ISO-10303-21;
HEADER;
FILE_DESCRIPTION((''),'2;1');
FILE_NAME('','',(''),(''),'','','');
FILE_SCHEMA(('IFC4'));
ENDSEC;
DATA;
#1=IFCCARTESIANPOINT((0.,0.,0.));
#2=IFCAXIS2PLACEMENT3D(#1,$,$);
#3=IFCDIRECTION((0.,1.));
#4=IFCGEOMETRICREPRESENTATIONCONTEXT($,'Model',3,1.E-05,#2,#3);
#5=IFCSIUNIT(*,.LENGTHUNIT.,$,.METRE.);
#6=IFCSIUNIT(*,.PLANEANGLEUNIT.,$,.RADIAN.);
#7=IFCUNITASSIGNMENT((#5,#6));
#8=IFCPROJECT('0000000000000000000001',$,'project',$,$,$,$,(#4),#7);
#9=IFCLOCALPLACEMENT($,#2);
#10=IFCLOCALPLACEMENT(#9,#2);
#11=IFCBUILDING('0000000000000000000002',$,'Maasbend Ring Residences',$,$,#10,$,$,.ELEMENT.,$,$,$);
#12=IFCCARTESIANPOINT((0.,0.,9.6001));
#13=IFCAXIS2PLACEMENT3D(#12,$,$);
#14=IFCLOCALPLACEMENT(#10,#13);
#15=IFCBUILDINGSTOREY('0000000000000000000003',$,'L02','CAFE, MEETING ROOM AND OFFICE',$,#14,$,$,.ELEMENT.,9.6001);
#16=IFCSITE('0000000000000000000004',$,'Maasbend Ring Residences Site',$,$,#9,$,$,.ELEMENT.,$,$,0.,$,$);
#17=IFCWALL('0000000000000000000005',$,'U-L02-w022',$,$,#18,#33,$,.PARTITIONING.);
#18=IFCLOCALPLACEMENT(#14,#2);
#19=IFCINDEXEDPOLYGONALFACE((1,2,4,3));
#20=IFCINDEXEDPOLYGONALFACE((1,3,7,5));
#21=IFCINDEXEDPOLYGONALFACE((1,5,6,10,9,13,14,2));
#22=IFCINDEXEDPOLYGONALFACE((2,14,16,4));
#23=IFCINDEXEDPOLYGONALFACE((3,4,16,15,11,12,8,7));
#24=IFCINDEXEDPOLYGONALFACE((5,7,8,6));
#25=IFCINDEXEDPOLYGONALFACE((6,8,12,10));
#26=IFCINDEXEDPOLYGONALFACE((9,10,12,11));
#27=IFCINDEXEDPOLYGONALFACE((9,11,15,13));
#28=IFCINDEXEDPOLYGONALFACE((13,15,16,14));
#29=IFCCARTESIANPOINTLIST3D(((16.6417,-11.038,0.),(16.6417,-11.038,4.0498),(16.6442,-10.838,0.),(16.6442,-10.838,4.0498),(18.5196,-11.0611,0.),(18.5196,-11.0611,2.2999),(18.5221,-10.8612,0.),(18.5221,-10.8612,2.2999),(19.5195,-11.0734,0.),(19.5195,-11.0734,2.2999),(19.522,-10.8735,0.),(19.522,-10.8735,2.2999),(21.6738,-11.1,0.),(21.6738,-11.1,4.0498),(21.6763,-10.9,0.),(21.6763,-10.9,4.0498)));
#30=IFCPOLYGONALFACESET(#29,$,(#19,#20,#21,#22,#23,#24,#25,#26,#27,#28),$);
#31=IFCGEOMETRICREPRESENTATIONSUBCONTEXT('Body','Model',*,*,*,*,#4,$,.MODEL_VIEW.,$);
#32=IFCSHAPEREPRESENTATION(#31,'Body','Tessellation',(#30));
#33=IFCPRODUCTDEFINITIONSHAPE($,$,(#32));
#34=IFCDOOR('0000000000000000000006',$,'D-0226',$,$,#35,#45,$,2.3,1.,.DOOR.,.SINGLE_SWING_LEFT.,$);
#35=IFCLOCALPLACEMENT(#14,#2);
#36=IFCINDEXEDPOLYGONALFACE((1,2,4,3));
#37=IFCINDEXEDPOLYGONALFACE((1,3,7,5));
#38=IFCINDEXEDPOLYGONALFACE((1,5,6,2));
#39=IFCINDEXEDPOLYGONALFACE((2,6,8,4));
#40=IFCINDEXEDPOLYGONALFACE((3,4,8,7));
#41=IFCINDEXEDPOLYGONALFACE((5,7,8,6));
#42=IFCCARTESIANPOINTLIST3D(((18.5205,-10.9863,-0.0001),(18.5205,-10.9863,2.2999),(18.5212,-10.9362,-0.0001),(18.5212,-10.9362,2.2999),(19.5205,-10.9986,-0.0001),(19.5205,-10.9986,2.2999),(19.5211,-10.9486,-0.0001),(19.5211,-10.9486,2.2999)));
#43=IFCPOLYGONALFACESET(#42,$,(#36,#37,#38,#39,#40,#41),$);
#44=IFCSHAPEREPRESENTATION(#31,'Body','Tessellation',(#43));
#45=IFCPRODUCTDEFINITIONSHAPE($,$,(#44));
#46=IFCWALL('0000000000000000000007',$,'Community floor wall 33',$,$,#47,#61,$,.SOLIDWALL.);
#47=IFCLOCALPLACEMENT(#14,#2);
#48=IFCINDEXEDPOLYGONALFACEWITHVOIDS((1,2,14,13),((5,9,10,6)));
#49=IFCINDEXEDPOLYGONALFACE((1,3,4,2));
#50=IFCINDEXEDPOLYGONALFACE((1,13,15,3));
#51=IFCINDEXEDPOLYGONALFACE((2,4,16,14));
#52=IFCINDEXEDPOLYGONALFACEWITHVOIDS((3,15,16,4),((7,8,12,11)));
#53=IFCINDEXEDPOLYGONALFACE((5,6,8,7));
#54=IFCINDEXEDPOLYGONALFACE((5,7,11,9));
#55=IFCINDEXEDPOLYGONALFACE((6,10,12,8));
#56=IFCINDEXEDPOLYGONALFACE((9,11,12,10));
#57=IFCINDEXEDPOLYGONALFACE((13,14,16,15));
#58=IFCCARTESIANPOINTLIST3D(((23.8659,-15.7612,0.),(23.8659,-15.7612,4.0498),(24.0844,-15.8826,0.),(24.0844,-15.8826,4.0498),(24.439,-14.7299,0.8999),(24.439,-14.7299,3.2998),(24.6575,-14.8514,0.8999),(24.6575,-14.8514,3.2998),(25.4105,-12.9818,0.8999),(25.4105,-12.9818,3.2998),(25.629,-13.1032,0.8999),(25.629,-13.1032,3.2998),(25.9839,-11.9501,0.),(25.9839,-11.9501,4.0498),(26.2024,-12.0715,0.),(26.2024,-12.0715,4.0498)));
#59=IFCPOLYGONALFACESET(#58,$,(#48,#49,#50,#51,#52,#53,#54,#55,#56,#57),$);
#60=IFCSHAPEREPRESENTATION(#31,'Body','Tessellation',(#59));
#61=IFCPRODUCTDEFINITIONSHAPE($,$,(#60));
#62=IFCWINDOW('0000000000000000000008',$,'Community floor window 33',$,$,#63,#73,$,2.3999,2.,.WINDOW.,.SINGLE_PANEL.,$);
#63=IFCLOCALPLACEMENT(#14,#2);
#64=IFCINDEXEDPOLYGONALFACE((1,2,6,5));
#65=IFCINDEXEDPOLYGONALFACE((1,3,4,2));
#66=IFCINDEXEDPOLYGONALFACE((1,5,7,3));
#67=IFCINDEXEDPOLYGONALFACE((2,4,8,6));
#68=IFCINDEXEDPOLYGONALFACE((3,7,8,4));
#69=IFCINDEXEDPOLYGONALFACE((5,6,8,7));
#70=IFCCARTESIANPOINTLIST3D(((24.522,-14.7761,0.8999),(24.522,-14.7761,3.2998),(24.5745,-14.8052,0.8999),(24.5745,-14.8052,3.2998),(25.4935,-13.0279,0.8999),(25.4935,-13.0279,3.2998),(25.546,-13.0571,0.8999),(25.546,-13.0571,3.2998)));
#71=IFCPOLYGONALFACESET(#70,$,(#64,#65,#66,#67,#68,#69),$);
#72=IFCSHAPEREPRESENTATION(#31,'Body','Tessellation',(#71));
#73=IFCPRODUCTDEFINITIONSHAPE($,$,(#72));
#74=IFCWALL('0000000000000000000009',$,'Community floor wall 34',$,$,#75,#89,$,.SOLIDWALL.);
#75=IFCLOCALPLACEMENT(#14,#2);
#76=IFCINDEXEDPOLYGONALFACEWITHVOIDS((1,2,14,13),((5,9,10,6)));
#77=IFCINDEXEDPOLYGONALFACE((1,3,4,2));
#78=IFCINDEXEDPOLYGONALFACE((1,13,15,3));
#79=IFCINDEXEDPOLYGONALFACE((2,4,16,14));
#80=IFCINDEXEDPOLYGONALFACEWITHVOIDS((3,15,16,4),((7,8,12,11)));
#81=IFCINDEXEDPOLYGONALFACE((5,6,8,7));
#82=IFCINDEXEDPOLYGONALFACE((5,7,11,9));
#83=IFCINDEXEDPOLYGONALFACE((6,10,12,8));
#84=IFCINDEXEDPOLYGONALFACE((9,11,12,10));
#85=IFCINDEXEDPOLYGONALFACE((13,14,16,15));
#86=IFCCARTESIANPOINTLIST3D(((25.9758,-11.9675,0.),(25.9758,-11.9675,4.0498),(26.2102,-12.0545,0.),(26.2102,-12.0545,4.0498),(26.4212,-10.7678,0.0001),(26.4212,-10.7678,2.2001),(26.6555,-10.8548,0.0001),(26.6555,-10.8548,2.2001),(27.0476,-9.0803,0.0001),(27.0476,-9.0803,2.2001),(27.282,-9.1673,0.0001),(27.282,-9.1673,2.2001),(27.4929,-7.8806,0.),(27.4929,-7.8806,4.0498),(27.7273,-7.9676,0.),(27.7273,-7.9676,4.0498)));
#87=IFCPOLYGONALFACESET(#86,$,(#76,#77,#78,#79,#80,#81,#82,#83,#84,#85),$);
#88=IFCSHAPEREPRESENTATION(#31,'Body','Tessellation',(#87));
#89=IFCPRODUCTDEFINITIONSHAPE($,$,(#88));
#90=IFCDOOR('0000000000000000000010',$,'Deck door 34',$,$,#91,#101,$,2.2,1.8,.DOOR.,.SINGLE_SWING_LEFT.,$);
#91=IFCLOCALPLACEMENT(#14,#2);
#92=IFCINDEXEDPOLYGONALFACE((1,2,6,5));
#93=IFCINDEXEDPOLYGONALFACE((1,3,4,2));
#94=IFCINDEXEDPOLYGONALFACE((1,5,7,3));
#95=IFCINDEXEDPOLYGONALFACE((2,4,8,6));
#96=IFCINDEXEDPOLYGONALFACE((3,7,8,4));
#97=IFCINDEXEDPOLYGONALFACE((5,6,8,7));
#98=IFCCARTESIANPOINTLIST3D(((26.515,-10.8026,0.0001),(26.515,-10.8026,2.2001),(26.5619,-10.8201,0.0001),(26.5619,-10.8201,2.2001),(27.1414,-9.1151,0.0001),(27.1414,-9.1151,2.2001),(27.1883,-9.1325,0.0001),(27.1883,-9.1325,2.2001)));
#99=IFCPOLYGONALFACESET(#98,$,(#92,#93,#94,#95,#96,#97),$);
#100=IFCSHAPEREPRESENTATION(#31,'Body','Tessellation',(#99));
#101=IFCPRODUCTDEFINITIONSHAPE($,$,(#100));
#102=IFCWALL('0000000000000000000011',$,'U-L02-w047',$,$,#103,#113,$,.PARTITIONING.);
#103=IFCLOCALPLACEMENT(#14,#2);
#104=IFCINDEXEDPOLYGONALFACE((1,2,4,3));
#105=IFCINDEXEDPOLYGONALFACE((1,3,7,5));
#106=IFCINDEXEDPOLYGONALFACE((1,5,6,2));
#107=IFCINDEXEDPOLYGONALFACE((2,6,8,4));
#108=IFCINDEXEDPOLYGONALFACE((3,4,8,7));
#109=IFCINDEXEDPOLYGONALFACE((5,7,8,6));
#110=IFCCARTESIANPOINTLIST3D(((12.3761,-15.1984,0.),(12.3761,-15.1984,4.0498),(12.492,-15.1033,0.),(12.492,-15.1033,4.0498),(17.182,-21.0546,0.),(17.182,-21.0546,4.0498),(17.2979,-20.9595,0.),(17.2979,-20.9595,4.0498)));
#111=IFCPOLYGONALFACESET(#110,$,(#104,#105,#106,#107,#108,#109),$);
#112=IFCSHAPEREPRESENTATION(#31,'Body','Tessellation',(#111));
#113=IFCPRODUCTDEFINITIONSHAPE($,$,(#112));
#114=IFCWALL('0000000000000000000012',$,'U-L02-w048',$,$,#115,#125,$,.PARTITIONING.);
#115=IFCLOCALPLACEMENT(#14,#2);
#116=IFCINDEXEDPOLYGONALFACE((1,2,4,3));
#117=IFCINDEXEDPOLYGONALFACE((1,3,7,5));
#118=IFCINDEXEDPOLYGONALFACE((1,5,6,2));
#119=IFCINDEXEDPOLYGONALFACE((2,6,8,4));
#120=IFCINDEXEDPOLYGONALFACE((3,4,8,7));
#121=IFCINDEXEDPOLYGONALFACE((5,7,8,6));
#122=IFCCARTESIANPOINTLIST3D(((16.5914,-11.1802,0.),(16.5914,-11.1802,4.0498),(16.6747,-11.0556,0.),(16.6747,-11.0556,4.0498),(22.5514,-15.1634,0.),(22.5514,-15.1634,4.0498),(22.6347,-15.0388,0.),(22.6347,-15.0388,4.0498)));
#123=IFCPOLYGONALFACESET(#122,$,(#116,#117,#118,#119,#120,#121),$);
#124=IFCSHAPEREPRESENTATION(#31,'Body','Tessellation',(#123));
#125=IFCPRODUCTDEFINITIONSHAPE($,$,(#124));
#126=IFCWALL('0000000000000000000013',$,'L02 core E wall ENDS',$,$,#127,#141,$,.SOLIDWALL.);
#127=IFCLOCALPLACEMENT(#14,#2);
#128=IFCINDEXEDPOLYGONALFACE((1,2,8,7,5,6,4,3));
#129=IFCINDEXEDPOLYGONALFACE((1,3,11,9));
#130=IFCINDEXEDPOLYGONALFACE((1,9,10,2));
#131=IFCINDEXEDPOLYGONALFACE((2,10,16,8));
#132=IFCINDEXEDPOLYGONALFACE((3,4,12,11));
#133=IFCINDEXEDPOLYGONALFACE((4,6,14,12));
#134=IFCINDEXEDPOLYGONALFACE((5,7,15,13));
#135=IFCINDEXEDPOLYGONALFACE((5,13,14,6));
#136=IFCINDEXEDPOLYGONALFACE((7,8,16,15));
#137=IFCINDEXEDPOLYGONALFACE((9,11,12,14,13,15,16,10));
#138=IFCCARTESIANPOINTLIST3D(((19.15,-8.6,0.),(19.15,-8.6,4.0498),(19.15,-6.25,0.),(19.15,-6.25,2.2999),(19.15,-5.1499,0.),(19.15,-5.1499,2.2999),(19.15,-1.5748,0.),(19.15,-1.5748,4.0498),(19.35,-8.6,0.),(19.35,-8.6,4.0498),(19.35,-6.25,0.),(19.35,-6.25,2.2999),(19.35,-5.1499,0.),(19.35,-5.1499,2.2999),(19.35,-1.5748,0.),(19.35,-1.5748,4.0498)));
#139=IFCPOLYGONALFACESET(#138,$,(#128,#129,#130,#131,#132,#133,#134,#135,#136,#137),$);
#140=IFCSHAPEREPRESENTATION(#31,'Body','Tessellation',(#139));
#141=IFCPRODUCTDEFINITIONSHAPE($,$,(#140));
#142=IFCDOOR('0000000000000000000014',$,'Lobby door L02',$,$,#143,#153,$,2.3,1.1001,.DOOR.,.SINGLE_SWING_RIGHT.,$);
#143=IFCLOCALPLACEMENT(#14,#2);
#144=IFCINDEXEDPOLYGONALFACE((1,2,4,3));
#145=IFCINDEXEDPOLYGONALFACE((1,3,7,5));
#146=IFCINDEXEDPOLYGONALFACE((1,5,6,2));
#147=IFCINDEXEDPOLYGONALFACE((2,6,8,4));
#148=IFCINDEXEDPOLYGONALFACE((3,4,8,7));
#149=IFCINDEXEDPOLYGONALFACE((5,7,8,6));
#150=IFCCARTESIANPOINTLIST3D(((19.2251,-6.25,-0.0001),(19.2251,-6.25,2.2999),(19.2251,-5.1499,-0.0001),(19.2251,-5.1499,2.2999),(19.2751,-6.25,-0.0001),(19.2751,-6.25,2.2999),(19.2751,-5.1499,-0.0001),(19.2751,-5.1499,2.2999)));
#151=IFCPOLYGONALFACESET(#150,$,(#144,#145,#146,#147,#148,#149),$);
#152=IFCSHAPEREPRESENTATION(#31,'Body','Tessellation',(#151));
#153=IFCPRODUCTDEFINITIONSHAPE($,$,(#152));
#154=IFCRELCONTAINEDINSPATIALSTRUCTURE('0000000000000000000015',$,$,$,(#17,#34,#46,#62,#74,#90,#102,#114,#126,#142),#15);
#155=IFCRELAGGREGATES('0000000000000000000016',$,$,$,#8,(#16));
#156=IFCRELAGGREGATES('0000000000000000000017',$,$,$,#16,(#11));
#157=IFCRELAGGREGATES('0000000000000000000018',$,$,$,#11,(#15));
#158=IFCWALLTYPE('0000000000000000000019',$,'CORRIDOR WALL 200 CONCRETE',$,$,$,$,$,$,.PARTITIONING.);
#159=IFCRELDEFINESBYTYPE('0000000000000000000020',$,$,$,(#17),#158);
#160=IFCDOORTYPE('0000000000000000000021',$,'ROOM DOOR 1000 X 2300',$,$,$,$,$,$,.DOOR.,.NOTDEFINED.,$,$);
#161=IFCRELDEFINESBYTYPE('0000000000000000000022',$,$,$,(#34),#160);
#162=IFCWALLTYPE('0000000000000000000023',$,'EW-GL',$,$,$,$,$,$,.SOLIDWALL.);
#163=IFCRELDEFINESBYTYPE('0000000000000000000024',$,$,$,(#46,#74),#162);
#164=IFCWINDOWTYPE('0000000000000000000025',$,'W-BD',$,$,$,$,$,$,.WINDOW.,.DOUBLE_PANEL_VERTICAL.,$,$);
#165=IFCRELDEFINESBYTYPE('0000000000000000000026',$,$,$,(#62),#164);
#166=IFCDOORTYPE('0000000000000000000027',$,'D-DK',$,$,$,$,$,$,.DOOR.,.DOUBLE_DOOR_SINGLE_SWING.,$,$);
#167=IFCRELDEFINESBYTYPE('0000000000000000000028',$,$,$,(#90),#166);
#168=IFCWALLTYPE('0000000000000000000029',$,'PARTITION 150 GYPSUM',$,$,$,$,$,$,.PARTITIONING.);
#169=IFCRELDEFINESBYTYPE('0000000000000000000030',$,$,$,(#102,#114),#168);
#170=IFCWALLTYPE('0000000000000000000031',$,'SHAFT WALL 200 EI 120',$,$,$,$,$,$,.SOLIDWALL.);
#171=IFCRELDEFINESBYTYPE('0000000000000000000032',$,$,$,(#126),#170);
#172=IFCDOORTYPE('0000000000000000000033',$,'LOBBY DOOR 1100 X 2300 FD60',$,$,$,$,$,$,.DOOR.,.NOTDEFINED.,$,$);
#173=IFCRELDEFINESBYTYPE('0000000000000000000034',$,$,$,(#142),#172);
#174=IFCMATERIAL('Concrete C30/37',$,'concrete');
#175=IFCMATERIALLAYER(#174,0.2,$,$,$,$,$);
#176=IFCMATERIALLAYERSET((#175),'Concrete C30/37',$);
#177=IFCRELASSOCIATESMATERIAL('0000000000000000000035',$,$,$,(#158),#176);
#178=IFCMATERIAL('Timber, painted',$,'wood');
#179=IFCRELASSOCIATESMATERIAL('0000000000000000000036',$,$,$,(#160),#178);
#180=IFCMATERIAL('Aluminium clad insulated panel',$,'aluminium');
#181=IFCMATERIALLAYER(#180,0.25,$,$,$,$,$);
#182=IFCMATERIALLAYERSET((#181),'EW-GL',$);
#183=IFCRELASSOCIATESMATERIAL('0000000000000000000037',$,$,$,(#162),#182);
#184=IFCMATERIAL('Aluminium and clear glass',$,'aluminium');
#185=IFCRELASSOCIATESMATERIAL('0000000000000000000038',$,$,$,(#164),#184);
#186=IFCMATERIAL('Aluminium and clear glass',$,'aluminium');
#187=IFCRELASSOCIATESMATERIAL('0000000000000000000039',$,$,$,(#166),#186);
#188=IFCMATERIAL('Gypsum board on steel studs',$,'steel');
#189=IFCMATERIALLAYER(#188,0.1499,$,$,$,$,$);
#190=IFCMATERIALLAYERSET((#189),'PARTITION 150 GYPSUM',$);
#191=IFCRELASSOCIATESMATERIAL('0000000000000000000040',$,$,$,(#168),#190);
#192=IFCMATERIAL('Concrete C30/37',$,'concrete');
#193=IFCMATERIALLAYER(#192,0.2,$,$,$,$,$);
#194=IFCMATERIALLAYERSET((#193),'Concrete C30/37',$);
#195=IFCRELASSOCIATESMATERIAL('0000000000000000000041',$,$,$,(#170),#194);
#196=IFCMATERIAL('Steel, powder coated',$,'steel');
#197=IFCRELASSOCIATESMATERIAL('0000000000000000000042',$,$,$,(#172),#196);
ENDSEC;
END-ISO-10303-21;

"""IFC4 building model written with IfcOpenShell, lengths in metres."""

from ifc_helpers import new_model, si_unit, direction, frame, frame_2d, origin, place, context, subcontext, project, spatial, rectangle, extrude, material, layer, layer_set, type_object, element, fill, save


model = new_model("IFC4")

# Units and contexts
model_context = context("Model", 3, precision=1e-05, world=origin(), true_north=direction((0.0, 1.0)))
body_context = subcontext(model_context, "Body", "Model", "MODEL_VIEW")
ifc_project = project(units=[si_unit("LENGTHUNIT", "METRE"), si_unit("PLANEANGLEUNIT", "RADIAN")], contexts=[model_context])

# Site, building, storey
site_placement = place(None, origin())
site = spatial("IfcSite", under=ifc_project, at=site_placement, Name="Maasbend Ring Residences Site", CompositionType="ELEMENT", RefElevation=0.0)
building_placement = place(site_placement, origin())
building = spatial("IfcBuilding", under=site, at=building_placement, Name="Maasbend Ring Residences", CompositionType="ELEMENT")
storey_placement = place(building_placement, frame((0.0, 0.0, 9.6001)))
storey = spatial("IfcBuildingStorey", under=building, at=storey_placement, Name="L02", Description="CAFE, MEETING ROOM AND OFFICE", CompositionType="ELEMENT", Elevation=9.6001)

# Shared definitions
ifc_material_1 = material(Name="Concrete C30/37", Category="concrete")
ifc_layer_1 = layer(ifc_material_1, 0.2)
ifc_layer_set_1 = layer_set([ifc_layer_1], Name="Concrete C30/37")
wall_type_1 = type_object("IfcWallType", Name="CORRIDOR WALL 200 CONCRETE", PredefinedType="PARTITIONING", material=ifc_layer_set_1)

# Wall, opening, door
wall_1_placement = place(storey_placement, frame((16.6431, -10.938, 0.0), z_axis=(0.0, 0.0, 1.0), x_axis=(0.999924, -0.012323, 0.0)))
wall_1 = element("IfcWall", 1, at=wall_1_placement, inside=storey, type_object=wall_type_1, Name="U-L02-w022", PredefinedType="PARTITIONING", context=body_context, shape_type="SweptSolid", body=[
    extrude(rectangle(XDim=5.0325, YDim=0.2, at=frame_2d((2.5161, 0.0))), origin(), (0.0, 0.0, 1.0), 4.0498),
])
opening_1_placement = place(wall_1_placement, frame((1.8779, 0.0, 0.0)))
opening_1 = element("IfcOpeningElement", 2, at=opening_1_placement, cuts=wall_1, PredefinedType="OPENING", context=body_context, shape_type="SweptSolid", body=[
    extrude(rectangle(XDim=1.0, YDim=2.3, at=frame_2d((0.5, 1.1499))), frame((0.0, 0.1099, 0.0), z_axis=(0.0, -1.0, 0.0), x_axis=(1.0, 0.0, 0.0)), (0.0, 0.0, 1.0), 0.22),
])
ifc_material_2 = material(Name="Timber, painted", Category="wood")
door_type_1 = type_object("IfcDoorType", Name="ROOM DOOR 1000 X 2300", OperationType="NOTDEFINED", PredefinedType="DOOR", material=ifc_material_2)
door_1_placement = place(opening_1_placement, origin())
door_1 = element("IfcDoor", 3, at=door_1_placement, inside=storey, type_object=door_type_1, Name="D-0226", OperationType="SINGLE_SWING_LEFT", OverallHeight=2.3, OverallWidth=1.0, PredefinedType="DOOR", context=body_context, shape_type="SweptSolid", body=[
    extrude(rectangle(XDim=1.0, YDim=2.3, at=frame_2d((0.5, 1.1499))), frame((0.0, 0.0249, 0.0), z_axis=(0.0, -1.0, 0.0), x_axis=(1.0, 0.0, 0.0)), (0.0, 0.0, 1.0), 0.05),
])
fill(opening_1, door_1)

# Wall, opening, window
ifc_material_3 = material(Name="Aluminium clad insulated panel", Category="aluminium")
ifc_layer_2 = layer(ifc_material_3, 0.25)
ifc_layer_set_2 = layer_set([ifc_layer_2], Name="EW-GL")
wall_type_2 = type_object("IfcWallType", Name="EW-GL", PredefinedType="SOLIDWALL", material=ifc_layer_set_2)
wall_2_placement = place(storey_placement, frame((23.9751, -15.822, 0.0), z_axis=(0.0, 0.0, 1.0), x_axis=(0.485762, 0.874091, 0.0)))
wall_2 = element("IfcWall", 4, at=wall_2_placement, inside=storey, type_object=wall_type_2, Name="Community floor wall 33", PredefinedType="SOLIDWALL", context=body_context, shape_type="SweptSolid", body=[
    extrude(rectangle(XDim=4.3601, YDim=0.25, at=frame_2d((2.1802, 0.0))), origin(), (0.0, 0.0, 1.0), 4.0498),
])
opening_2_placement = place(wall_2_placement, frame((1.1799, 0.0, 0.8999)))
opening_2 = element("IfcOpeningElement", 5, at=opening_2_placement, cuts=wall_2, PredefinedType="OPENING", context=body_context, shape_type="SweptSolid", body=[
    extrude(rectangle(XDim=2.0, YDim=2.3999, at=frame_2d((1.0, 1.2))), frame((0.0, 0.135, 0.0), z_axis=(0.0, -1.0, 0.0), x_axis=(1.0, 0.0, 0.0)), (0.0, 0.0, 1.0), 0.27),
])
ifc_material_4 = material(Name="Aluminium and clear glass", Category="aluminium")
window_type = type_object("IfcWindowType", Name="W-BD", PartitioningType="DOUBLE_PANEL_VERTICAL", PredefinedType="WINDOW", material=ifc_material_4)
window_placement = place(opening_2_placement, origin())
window = element("IfcWindow", 6, at=window_placement, inside=storey, type_object=window_type, Name="Community floor window 33", OverallHeight=2.3999, OverallWidth=2.0, PartitioningType="SINGLE_PANEL", PredefinedType="WINDOW", context=body_context, shape_type="SweptSolid", body=[
    extrude(rectangle(XDim=2.0, YDim=2.3999, at=frame_2d((1.0, 1.2))), frame((0.0, 0.03, 0.0), z_axis=(0.0, -1.0, 0.0), x_axis=(1.0, 0.0, 0.0)), (0.0, 0.0, 1.0), 0.0601),
])
fill(opening_2, window)

# Wall, opening, door
wall_3_placement = place(storey_placement, frame((26.093, -12.011, 0.0), z_axis=(0.0, 0.0, 1.0), x_axis=(0.348004, 0.937493, 0.0)))
wall_3 = element("IfcWall", 7, at=wall_3_placement, inside=storey, type_object=wall_type_2, Name="Community floor wall 34", PredefinedType="SOLIDWALL", context=body_context, shape_type="SweptSolid", body=[
    extrude(rectangle(XDim=4.3594, YDim=0.25, at=frame_2d((2.1797, 0.0))), origin(), (0.0, 0.0, 1.0), 4.0498),
])
opening_3_placement = place(wall_3_placement, frame((1.2798, 0.0, 0.0)))
opening_3 = element("IfcOpeningElement", 8, at=opening_3_placement, cuts=wall_3, PredefinedType="OPENING", context=body_context, shape_type="SweptSolid", body=[
    extrude(rectangle(XDim=1.8, YDim=2.2, at=frame_2d((0.8999, 1.1001))), frame((0.0, 0.135, 0.0), z_axis=(0.0, -1.0, 0.0), x_axis=(1.0, 0.0, 0.0)), (0.0, 0.0, 1.0), 0.27),
])
ifc_material_5 = material(Name="Aluminium and clear glass", Category="aluminium")
door_type_2 = type_object("IfcDoorType", Name="D-DK", OperationType="DOUBLE_DOOR_SINGLE_SWING", PredefinedType="DOOR", material=ifc_material_5)
door_2_placement = place(opening_3_placement, origin())
door_2 = element("IfcDoor", 9, at=door_2_placement, inside=storey, type_object=door_type_2, Name="Deck door 34", OperationType="SINGLE_SWING_LEFT", OverallHeight=2.2, OverallWidth=1.8, PredefinedType="DOOR", context=body_context, shape_type="SweptSolid", body=[
    extrude(rectangle(XDim=1.8, YDim=2.2, at=frame_2d((0.8999, 1.1001))), frame((0.0, 0.0249, 0.0), z_axis=(0.0, -1.0, 0.0), x_axis=(1.0, 0.0, 0.0)), (0.0, 0.0, 1.0), 0.05),
])
fill(opening_3, door_2)

# Walls
ifc_material_6 = material(Name="Gypsum board on steel studs", Category="steel")
ifc_layer_3 = layer(ifc_material_6, 0.1499)
ifc_layer_set_3 = layer_set([ifc_layer_3], Name="PARTITION 150 GYPSUM")
wall_type_3 = type_object("IfcWallType", Name="PARTITION 150 GYPSUM", PredefinedType="PARTITIONING", material=ifc_layer_set_3)
wall_4_placement = place(storey_placement, frame((12.4341, -15.1509, 0.0), z_axis=(0.0, 0.0, 1.0), x_axis=(0.634381, -0.77302, 0.0)))
element("IfcWall", 10, at=wall_4_placement, inside=storey, type_object=wall_type_3, Name="U-L02-w047", PredefinedType="PARTITIONING", context=body_context, shape_type="SweptSolid", body=[
    extrude(rectangle(XDim=7.5757, YDim=0.1499, at=frame_2d((3.7878, 0.0))), origin(), (0.0, 0.0, 1.0), 4.0498),
])
wall_5_placement = place(storey_placement, frame((16.6331, -11.1179, 0.0), z_axis=(0.0, 0.0, 1.0), x_axis=(0.831416, -0.555651, 0.0)))
element("IfcWall", 11, at=wall_5_placement, inside=storey, type_object=wall_type_3, Name="U-L02-w048", PredefinedType="PARTITIONING", context=body_context, shape_type="SweptSolid", body=[
    extrude(rectangle(XDim=7.1685, YDim=0.1499, at=frame_2d((3.5842, 0.0))), origin(), (0.0, 0.0, 1.0), 4.0498),
])

# Wall, opening, door
ifc_material_7 = material(Name="Concrete C30/37", Category="concrete")
ifc_layer_4 = layer(ifc_material_7, 0.2)
ifc_layer_set_4 = layer_set([ifc_layer_4], Name="Concrete C30/37")
wall_type_4 = type_object("IfcWallType", Name="SHAFT WALL 200 EI 120", PredefinedType="SOLIDWALL", material=ifc_layer_set_4)
wall_6_placement = place(storey_placement, frame((19.25, -8.6001, 0.0), z_axis=(0.0, 0.0, 1.0), x_axis=(0.0, 1.0, 0.0)))
wall_6 = element("IfcWall", 12, at=wall_6_placement, inside=storey, type_object=wall_type_4, Name="L02 core E wall ENDS", PredefinedType="SOLIDWALL", context=body_context, shape_type="SweptSolid", body=[
    extrude(rectangle(XDim=7.0251, YDim=0.2, at=frame_2d((3.5127, 0.0))), origin(), (0.0, 0.0, 1.0), 4.0498),
])
opening_4_placement = place(wall_6_placement, frame((2.3501, 0.0, 0.0)))
opening_4 = element("IfcOpeningElement", 13, at=opening_4_placement, cuts=wall_6, PredefinedType="OPENING", context=body_context, shape_type="SweptSolid", body=[
    extrude(rectangle(XDim=1.1001, YDim=2.3, at=frame_2d((0.55, 1.1499))), frame((0.0, 0.1099, 0.0), z_axis=(0.0, -1.0, 0.0), x_axis=(1.0, 0.0, 0.0)), (0.0, 0.0, 1.0), 0.22),
])
ifc_material_8 = material(Name="Steel, powder coated", Category="steel")
door_type_3 = type_object("IfcDoorType", Name="LOBBY DOOR 1100 X 2300 FD60", OperationType="NOTDEFINED", PredefinedType="DOOR", material=ifc_material_8)
door_3_placement = place(opening_4_placement, origin())
door_3 = element("IfcDoor", 14, at=door_3_placement, inside=storey, type_object=door_type_3, Name="Lobby door L02", OperationType="SINGLE_SWING_RIGHT", OverallHeight=2.3, OverallWidth=1.1001, PredefinedType="DOOR", context=body_context, shape_type="SweptSolid", body=[
    extrude(rectangle(XDim=1.1001, YDim=2.3, at=frame_2d((0.55, 1.1499))), frame((0.0, 0.0249, 0.0), z_axis=(0.0, -1.0, 0.0), x_axis=(1.0, 0.0, 0.0)), (0.0, 0.0, 1.0), 0.05),
])
fill(opening_4, door_3)

save(model, "model.ifc")
